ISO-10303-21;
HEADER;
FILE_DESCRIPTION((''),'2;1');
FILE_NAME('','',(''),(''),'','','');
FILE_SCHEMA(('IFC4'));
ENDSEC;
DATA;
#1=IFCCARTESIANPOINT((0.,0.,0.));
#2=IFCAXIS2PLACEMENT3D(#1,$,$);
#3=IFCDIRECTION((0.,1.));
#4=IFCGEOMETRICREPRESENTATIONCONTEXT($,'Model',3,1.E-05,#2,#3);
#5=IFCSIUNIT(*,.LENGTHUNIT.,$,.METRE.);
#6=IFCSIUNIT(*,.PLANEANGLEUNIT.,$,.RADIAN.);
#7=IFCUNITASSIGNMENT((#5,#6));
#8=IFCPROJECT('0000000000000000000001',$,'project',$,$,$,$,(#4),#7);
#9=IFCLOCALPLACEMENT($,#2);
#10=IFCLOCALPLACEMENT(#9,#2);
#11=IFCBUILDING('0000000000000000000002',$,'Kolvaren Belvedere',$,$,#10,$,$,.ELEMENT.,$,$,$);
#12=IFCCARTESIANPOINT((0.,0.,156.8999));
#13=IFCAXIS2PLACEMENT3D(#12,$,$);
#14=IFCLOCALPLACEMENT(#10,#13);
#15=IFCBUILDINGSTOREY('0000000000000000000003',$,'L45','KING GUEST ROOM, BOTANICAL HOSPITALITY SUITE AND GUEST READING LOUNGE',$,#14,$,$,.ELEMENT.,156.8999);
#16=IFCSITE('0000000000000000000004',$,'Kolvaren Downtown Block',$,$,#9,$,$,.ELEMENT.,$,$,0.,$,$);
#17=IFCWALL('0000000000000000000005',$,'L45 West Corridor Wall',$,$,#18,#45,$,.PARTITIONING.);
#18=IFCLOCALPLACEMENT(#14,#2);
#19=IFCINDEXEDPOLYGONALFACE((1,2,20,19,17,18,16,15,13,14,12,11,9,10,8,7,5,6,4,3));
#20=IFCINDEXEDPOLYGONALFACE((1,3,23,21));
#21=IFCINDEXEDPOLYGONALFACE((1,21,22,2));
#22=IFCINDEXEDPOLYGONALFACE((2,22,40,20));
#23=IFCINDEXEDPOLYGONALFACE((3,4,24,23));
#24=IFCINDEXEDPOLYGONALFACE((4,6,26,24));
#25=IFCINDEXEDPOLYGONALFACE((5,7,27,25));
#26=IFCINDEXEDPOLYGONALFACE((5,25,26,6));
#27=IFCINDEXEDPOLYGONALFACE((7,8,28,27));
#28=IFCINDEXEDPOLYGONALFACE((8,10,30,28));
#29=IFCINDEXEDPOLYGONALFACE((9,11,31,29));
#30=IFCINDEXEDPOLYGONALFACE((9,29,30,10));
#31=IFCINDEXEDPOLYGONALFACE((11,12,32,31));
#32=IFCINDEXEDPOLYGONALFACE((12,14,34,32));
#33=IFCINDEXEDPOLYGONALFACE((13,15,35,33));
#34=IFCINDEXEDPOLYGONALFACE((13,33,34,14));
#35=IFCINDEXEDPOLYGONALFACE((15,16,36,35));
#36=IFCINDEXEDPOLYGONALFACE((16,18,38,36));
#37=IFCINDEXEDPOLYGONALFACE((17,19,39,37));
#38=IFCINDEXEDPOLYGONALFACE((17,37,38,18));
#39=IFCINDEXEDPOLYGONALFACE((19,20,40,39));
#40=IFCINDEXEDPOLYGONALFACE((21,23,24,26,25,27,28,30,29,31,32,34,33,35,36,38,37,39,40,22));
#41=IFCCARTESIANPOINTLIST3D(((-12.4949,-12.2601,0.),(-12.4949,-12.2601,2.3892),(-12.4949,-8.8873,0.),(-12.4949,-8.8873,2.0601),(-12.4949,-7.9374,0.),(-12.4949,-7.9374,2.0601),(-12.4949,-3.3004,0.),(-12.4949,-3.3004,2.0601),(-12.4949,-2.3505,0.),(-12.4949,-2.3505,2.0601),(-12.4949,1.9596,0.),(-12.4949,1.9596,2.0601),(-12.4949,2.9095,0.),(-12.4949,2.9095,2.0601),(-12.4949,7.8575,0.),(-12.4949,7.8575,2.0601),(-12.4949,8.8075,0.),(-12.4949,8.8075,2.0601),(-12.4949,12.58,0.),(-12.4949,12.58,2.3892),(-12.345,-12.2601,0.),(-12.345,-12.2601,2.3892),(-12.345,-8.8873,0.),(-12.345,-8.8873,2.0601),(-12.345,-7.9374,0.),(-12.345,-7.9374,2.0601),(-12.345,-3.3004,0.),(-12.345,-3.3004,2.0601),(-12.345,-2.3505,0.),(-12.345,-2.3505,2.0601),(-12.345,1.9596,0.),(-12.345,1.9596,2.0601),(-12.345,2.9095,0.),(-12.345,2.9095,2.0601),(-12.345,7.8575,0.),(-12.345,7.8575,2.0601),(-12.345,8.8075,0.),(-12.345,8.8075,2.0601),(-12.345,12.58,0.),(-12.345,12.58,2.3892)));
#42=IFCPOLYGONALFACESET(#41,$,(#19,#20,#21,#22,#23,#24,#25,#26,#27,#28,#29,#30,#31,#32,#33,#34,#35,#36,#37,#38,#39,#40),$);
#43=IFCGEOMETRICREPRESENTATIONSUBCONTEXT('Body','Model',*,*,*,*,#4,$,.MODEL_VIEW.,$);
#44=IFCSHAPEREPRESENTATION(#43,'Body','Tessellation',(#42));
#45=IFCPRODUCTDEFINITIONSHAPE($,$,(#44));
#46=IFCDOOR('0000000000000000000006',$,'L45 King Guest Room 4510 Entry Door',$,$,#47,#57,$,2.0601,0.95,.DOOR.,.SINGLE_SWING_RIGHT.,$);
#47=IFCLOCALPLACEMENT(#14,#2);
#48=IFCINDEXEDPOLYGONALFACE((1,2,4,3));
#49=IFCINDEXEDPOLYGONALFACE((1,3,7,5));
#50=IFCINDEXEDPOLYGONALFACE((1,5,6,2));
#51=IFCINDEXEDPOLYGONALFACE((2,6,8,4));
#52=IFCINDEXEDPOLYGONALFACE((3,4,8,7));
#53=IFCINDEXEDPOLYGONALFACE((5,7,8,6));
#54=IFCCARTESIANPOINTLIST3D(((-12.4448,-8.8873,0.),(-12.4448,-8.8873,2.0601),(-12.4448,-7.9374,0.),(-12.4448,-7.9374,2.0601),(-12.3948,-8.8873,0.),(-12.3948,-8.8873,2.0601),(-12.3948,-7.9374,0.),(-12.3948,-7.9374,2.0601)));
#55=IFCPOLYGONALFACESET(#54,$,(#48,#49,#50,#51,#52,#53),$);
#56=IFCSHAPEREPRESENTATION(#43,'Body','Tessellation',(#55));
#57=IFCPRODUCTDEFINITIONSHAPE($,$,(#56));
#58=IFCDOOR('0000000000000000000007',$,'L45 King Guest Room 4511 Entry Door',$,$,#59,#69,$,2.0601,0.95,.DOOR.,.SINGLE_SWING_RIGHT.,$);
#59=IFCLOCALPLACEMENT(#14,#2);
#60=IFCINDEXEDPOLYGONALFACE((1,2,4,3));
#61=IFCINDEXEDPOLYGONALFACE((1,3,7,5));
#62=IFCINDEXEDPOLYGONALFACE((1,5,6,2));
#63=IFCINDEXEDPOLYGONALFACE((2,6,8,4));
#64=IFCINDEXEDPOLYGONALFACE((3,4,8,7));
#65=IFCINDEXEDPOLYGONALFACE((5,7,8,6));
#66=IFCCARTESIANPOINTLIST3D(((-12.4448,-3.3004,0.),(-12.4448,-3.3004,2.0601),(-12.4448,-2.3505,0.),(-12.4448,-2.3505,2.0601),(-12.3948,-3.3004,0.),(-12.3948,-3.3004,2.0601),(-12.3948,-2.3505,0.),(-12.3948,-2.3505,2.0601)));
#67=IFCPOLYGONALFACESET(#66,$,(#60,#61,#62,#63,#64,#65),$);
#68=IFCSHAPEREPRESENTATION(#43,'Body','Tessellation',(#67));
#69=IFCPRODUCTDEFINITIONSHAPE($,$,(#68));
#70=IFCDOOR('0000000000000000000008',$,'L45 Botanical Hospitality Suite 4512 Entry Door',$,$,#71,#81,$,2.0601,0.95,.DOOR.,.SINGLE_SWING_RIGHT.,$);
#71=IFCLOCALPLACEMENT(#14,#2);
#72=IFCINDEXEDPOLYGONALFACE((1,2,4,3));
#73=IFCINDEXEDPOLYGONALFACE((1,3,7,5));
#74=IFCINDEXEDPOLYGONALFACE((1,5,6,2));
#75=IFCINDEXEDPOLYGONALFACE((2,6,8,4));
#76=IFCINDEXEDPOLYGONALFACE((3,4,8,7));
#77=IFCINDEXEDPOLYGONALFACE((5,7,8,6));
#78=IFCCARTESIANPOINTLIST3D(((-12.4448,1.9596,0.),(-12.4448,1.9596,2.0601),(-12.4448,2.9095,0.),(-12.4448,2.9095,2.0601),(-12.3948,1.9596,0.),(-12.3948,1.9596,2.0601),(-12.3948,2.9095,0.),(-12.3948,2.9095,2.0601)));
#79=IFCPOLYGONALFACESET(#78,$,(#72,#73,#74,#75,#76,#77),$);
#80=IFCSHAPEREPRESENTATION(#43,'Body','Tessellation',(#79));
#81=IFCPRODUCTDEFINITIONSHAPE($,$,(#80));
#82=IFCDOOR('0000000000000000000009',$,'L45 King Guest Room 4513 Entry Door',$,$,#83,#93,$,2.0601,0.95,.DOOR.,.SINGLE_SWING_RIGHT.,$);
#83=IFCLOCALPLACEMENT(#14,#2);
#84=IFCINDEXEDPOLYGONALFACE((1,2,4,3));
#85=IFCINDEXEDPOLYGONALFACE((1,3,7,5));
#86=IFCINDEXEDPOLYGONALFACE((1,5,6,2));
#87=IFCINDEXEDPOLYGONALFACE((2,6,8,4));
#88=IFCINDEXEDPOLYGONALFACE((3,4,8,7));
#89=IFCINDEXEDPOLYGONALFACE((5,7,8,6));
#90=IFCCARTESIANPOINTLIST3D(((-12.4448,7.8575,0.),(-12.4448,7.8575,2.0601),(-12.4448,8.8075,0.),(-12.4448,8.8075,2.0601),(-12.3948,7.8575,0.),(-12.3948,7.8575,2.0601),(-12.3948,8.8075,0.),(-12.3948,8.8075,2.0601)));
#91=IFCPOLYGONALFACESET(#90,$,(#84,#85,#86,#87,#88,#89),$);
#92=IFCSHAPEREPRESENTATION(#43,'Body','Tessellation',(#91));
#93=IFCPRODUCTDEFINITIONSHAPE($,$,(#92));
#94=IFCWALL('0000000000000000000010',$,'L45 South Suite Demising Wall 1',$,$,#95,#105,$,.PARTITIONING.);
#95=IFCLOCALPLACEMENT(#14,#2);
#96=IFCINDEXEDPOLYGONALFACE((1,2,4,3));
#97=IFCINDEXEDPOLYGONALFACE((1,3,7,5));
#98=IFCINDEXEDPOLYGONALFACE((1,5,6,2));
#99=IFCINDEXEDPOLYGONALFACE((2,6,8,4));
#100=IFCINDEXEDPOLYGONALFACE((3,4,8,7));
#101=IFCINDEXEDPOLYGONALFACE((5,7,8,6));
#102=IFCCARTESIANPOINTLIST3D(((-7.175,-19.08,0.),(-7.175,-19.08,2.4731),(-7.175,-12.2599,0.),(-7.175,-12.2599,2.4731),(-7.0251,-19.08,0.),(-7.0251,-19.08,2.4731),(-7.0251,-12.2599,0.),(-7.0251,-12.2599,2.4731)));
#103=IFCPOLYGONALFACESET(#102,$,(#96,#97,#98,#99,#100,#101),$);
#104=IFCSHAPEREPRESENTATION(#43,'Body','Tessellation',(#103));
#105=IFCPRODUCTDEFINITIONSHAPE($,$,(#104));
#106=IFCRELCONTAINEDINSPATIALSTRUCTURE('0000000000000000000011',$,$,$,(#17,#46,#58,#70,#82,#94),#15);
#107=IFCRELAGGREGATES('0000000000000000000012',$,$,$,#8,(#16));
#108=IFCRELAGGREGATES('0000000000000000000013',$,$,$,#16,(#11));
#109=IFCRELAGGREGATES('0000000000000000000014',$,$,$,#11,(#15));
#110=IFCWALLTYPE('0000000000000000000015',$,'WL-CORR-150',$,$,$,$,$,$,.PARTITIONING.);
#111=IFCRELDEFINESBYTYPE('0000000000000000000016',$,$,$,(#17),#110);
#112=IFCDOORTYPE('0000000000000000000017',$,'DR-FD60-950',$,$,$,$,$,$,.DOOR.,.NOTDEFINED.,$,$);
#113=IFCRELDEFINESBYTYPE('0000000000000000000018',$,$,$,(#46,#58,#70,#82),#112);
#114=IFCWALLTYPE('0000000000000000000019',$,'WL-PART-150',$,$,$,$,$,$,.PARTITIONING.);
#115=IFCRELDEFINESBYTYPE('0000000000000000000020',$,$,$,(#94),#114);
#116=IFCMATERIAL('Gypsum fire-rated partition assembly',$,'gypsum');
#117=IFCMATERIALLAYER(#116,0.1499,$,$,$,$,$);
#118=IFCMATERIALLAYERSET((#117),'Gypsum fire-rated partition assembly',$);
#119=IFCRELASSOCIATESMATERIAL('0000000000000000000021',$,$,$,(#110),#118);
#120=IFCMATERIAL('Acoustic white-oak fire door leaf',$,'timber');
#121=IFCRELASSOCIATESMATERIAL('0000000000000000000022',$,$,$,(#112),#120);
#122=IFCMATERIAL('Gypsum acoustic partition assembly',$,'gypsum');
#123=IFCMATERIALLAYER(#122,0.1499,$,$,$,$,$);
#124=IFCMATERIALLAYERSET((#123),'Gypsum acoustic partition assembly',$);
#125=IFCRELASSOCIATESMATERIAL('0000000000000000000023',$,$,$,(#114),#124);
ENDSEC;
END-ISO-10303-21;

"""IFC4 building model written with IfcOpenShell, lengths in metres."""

from ifc_helpers import new_model, si_unit, direction, frame, frame_2d, origin, place, context, subcontext, project, spatial, rectangle, extrude, material, layer, layer_set, type_object, element, fill, save


model = new_model("IFC4")

# Units and contexts
model_context = context("Model", 3, precision=1e-05, world=origin(), true_north=direction((0.0, 1.0)))
body_context = subcontext(model_context, "Body", "Model", "MODEL_VIEW")
ifc_project = project(units=[si_unit("LENGTHUNIT", "METRE"), si_unit("PLANEANGLEUNIT", "RADIAN")], contexts=[model_context])

# Site, building, storey
site_placement = place(None, origin())
site = spatial("IfcSite", under=ifc_project, at=site_placement, Name="Kolvaren Downtown Block", CompositionType="ELEMENT", RefElevation=0.0)
building_placement = place(site_placement, origin())
building = spatial("IfcBuilding", under=site, at=building_placement, Name="Kolvaren Belvedere", CompositionType="ELEMENT")
storey_placement = place(building_placement, frame((0.0, 0.0, 156.8999)))
storey = spatial("IfcBuildingStorey", under=building, at=storey_placement, Name="L45", Description="KING GUEST ROOM, BOTANICAL HOSPITALITY SUITE AND GUEST READING LOUNGE", CompositionType="ELEMENT", Elevation=156.8999)

# Wall, openings, doors
ifc_material_1 = material(Name="Gypsum fire-rated partition assembly", Category="gypsum")
ifc_layer_1 = layer(ifc_material_1, 0.1499)
ifc_layer_set_1 = layer_set([ifc_layer_1], Name="Gypsum fire-rated partition assembly")
wall_type_1 = type_object("IfcWallType", Name="WL-CORR-150", PredefinedType="PARTITIONING", material=ifc_layer_set_1)
ifc_material_2 = material(Name="Acoustic white-oak fire door leaf", Category="timber")
door_type_1 = type_object("IfcDoorType", Name="DR-FD60-950", OperationType="NOTDEFINED", PredefinedType="DOOR", material=ifc_material_2)
wall_1_placement = place(storey_placement, frame((-12.4199, -12.26, 0.0), z_axis=(0.0, 0.0, 1.0), x_axis=(0.0, 1.0, 0.0)))
wall_1 = element("IfcWall", 1, at=wall_1_placement, inside=storey, type_object=wall_type_1, Name="L45 West Corridor Wall", PredefinedType="PARTITIONING", context=body_context, shape_type="SweptSolid", body=[
    extrude(rectangle(XDim=24.8401, YDim=0.1499, at=frame_2d((12.4199, 0.0))), origin(), (0.0, 0.0, 1.0), 2.3892),
])
opening_1_placement = place(wall_1_placement, frame((3.3726, 0.0, 0.0)))
opening_1 = element("IfcOpeningElement", 2, at=opening_1_placement, cuts=wall_1, PredefinedType="OPENING", context=body_context, shape_type="SweptSolid", body=[
    extrude(rectangle(XDim=0.95, YDim=2.0601, at=frame_2d((0.4751, 1.03))), frame((0.0, 0.085, 0.0), z_axis=(0.0, -1.0, 0.0), x_axis=(1.0, 0.0, 0.0)), (0.0, 0.0, 1.0), 0.1699),
])
opening_2_placement = place(wall_1_placement, frame((8.9595, 0.0, 0.0)))
opening_2 = element("IfcOpeningElement", 3, at=opening_2_placement, cuts=wall_1, PredefinedType="OPENING", context=body_context, shape_type="SweptSolid", body=[
    extrude(rectangle(XDim=0.95, YDim=2.0601, at=frame_2d((0.4751, 1.03))), frame((0.0, 0.085, 0.0), z_axis=(0.0, -1.0, 0.0), x_axis=(1.0, 0.0, 0.0)), (0.0, 0.0, 1.0), 0.1699),
])
opening_3_placement = place(wall_1_placement, frame((14.2195, 0.0, 0.0)))
opening_3 = element("IfcOpeningElement", 4, at=opening_3_placement, cuts=wall_1, PredefinedType="OPENING", context=body_context, shape_type="SweptSolid", body=[
    extrude(rectangle(XDim=0.95, YDim=2.0601, at=frame_2d((0.4751, 1.03))), frame((0.0, 0.085, 0.0), z_axis=(0.0, -1.0, 0.0), x_axis=(1.0, 0.0, 0.0)), (0.0, 0.0, 1.0), 0.1699),
])
opening_4_placement = place(wall_1_placement, frame((20.1174, 0.0, 0.0)))
opening_4 = element("IfcOpeningElement", 5, at=opening_4_placement, cuts=wall_1, PredefinedType="OPENING", context=body_context, shape_type="SweptSolid", body=[
    extrude(rectangle(XDim=0.95, YDim=2.0601, at=frame_2d((0.4751, 1.03))), frame((0.0, 0.085, 0.0), z_axis=(0.0, -1.0, 0.0), x_axis=(1.0, 0.0, 0.0)), (0.0, 0.0, 1.0), 0.1699),
])
door_1_placement = place(opening_1_placement, origin())
door_1 = element("IfcDoor", 6, at=door_1_placement, inside=storey, type_object=door_type_1, Name="L45 King Guest Room 4510 Entry Door", OperationType="SINGLE_SWING_RIGHT", OverallHeight=2.0601, OverallWidth=0.95, PredefinedType="DOOR", context=body_context, shape_type="SweptSolid", body=[
    extrude(rectangle(XDim=0.95, YDim=2.0601, at=frame_2d((0.4751, 1.03))), frame((0.0, 0.0249, 0.0), z_axis=(0.0, -1.0, 0.0), x_axis=(1.0, 0.0, 0.0)), (0.0, 0.0, 1.0), 0.05),
])
fill(opening_1, door_1)
door_2_placement = place(opening_2_placement, origin())
door_2 = element("IfcDoor", 7, at=door_2_placement, inside=storey, type_object=door_type_1, Name="L45 King Guest Room 4511 Entry Door", OperationType="SINGLE_SWING_RIGHT", OverallHeight=2.0601, OverallWidth=0.95, PredefinedType="DOOR", context=body_context, shape_type="SweptSolid", body=[
    extrude(rectangle(XDim=0.95, YDim=2.0601, at=frame_2d((0.4751, 1.03))), frame((0.0, 0.0249, 0.0), z_axis=(0.0, -1.0, 0.0), x_axis=(1.0, 0.0, 0.0)), (0.0, 0.0, 1.0), 0.05),
])
fill(opening_2, door_2)
door_3_placement = place(opening_3_placement, origin())
door_3 = element("IfcDoor", 8, at=door_3_placement, inside=storey, type_object=door_type_1, Name="L45 Botanical Hospitality Suite 4512 Entry Door", OperationType="SINGLE_SWING_RIGHT", OverallHeight=2.0601, OverallWidth=0.95, PredefinedType="DOOR", context=body_context, shape_type="SweptSolid", body=[
    extrude(rectangle(XDim=0.95, YDim=2.0601, at=frame_2d((0.4751, 1.03))), frame((0.0, 0.0249, 0.0), z_axis=(0.0, -1.0, 0.0), x_axis=(1.0, 0.0, 0.0)), (0.0, 0.0, 1.0), 0.05),
])
fill(opening_3, door_3)
door_4_placement = place(opening_4_placement, origin())
door_4 = element("IfcDoor", 9, at=door_4_placement, inside=storey, type_object=door_type_1, Name="L45 King Guest Room 4513 Entry Door", OperationType="SINGLE_SWING_RIGHT", OverallHeight=2.0601, OverallWidth=0.95, PredefinedType="DOOR", context=body_context, shape_type="SweptSolid", body=[
    extrude(rectangle(XDim=0.95, YDim=2.0601, at=frame_2d((0.4751, 1.03))), frame((0.0, 0.0249, 0.0), z_axis=(0.0, -1.0, 0.0), x_axis=(1.0, 0.0, 0.0)), (0.0, 0.0, 1.0), 0.05),
])
fill(opening_4, door_4)

# Wall
ifc_material_3 = material(Name="Gypsum acoustic partition assembly", Category="gypsum")
ifc_layer_2 = layer(ifc_material_3, 0.1499)
ifc_layer_set_2 = layer_set([ifc_layer_2], Name="Gypsum acoustic partition assembly")
wall_type_2 = type_object("IfcWallType", Name="WL-PART-150", PredefinedType="PARTITIONING", material=ifc_layer_set_2)
wall_2_placement = place(storey_placement, frame((-7.1001, -19.0801, 0.0), z_axis=(0.0, 0.0, 1.0), x_axis=(0.0, 1.0, 0.0)))
element("IfcWall", 10, at=wall_2_placement, inside=storey, type_object=wall_type_2, Name="L45 South Suite Demising Wall 1", PredefinedType="PARTITIONING", context=body_context, shape_type="SweptSolid", body=[
    extrude(rectangle(XDim=6.8201, YDim=0.1499, at=frame_2d((3.4102, 0.0))), origin(), (0.0, 0.0, 1.0), 2.4731),
])

save(model, "model.ifc")
